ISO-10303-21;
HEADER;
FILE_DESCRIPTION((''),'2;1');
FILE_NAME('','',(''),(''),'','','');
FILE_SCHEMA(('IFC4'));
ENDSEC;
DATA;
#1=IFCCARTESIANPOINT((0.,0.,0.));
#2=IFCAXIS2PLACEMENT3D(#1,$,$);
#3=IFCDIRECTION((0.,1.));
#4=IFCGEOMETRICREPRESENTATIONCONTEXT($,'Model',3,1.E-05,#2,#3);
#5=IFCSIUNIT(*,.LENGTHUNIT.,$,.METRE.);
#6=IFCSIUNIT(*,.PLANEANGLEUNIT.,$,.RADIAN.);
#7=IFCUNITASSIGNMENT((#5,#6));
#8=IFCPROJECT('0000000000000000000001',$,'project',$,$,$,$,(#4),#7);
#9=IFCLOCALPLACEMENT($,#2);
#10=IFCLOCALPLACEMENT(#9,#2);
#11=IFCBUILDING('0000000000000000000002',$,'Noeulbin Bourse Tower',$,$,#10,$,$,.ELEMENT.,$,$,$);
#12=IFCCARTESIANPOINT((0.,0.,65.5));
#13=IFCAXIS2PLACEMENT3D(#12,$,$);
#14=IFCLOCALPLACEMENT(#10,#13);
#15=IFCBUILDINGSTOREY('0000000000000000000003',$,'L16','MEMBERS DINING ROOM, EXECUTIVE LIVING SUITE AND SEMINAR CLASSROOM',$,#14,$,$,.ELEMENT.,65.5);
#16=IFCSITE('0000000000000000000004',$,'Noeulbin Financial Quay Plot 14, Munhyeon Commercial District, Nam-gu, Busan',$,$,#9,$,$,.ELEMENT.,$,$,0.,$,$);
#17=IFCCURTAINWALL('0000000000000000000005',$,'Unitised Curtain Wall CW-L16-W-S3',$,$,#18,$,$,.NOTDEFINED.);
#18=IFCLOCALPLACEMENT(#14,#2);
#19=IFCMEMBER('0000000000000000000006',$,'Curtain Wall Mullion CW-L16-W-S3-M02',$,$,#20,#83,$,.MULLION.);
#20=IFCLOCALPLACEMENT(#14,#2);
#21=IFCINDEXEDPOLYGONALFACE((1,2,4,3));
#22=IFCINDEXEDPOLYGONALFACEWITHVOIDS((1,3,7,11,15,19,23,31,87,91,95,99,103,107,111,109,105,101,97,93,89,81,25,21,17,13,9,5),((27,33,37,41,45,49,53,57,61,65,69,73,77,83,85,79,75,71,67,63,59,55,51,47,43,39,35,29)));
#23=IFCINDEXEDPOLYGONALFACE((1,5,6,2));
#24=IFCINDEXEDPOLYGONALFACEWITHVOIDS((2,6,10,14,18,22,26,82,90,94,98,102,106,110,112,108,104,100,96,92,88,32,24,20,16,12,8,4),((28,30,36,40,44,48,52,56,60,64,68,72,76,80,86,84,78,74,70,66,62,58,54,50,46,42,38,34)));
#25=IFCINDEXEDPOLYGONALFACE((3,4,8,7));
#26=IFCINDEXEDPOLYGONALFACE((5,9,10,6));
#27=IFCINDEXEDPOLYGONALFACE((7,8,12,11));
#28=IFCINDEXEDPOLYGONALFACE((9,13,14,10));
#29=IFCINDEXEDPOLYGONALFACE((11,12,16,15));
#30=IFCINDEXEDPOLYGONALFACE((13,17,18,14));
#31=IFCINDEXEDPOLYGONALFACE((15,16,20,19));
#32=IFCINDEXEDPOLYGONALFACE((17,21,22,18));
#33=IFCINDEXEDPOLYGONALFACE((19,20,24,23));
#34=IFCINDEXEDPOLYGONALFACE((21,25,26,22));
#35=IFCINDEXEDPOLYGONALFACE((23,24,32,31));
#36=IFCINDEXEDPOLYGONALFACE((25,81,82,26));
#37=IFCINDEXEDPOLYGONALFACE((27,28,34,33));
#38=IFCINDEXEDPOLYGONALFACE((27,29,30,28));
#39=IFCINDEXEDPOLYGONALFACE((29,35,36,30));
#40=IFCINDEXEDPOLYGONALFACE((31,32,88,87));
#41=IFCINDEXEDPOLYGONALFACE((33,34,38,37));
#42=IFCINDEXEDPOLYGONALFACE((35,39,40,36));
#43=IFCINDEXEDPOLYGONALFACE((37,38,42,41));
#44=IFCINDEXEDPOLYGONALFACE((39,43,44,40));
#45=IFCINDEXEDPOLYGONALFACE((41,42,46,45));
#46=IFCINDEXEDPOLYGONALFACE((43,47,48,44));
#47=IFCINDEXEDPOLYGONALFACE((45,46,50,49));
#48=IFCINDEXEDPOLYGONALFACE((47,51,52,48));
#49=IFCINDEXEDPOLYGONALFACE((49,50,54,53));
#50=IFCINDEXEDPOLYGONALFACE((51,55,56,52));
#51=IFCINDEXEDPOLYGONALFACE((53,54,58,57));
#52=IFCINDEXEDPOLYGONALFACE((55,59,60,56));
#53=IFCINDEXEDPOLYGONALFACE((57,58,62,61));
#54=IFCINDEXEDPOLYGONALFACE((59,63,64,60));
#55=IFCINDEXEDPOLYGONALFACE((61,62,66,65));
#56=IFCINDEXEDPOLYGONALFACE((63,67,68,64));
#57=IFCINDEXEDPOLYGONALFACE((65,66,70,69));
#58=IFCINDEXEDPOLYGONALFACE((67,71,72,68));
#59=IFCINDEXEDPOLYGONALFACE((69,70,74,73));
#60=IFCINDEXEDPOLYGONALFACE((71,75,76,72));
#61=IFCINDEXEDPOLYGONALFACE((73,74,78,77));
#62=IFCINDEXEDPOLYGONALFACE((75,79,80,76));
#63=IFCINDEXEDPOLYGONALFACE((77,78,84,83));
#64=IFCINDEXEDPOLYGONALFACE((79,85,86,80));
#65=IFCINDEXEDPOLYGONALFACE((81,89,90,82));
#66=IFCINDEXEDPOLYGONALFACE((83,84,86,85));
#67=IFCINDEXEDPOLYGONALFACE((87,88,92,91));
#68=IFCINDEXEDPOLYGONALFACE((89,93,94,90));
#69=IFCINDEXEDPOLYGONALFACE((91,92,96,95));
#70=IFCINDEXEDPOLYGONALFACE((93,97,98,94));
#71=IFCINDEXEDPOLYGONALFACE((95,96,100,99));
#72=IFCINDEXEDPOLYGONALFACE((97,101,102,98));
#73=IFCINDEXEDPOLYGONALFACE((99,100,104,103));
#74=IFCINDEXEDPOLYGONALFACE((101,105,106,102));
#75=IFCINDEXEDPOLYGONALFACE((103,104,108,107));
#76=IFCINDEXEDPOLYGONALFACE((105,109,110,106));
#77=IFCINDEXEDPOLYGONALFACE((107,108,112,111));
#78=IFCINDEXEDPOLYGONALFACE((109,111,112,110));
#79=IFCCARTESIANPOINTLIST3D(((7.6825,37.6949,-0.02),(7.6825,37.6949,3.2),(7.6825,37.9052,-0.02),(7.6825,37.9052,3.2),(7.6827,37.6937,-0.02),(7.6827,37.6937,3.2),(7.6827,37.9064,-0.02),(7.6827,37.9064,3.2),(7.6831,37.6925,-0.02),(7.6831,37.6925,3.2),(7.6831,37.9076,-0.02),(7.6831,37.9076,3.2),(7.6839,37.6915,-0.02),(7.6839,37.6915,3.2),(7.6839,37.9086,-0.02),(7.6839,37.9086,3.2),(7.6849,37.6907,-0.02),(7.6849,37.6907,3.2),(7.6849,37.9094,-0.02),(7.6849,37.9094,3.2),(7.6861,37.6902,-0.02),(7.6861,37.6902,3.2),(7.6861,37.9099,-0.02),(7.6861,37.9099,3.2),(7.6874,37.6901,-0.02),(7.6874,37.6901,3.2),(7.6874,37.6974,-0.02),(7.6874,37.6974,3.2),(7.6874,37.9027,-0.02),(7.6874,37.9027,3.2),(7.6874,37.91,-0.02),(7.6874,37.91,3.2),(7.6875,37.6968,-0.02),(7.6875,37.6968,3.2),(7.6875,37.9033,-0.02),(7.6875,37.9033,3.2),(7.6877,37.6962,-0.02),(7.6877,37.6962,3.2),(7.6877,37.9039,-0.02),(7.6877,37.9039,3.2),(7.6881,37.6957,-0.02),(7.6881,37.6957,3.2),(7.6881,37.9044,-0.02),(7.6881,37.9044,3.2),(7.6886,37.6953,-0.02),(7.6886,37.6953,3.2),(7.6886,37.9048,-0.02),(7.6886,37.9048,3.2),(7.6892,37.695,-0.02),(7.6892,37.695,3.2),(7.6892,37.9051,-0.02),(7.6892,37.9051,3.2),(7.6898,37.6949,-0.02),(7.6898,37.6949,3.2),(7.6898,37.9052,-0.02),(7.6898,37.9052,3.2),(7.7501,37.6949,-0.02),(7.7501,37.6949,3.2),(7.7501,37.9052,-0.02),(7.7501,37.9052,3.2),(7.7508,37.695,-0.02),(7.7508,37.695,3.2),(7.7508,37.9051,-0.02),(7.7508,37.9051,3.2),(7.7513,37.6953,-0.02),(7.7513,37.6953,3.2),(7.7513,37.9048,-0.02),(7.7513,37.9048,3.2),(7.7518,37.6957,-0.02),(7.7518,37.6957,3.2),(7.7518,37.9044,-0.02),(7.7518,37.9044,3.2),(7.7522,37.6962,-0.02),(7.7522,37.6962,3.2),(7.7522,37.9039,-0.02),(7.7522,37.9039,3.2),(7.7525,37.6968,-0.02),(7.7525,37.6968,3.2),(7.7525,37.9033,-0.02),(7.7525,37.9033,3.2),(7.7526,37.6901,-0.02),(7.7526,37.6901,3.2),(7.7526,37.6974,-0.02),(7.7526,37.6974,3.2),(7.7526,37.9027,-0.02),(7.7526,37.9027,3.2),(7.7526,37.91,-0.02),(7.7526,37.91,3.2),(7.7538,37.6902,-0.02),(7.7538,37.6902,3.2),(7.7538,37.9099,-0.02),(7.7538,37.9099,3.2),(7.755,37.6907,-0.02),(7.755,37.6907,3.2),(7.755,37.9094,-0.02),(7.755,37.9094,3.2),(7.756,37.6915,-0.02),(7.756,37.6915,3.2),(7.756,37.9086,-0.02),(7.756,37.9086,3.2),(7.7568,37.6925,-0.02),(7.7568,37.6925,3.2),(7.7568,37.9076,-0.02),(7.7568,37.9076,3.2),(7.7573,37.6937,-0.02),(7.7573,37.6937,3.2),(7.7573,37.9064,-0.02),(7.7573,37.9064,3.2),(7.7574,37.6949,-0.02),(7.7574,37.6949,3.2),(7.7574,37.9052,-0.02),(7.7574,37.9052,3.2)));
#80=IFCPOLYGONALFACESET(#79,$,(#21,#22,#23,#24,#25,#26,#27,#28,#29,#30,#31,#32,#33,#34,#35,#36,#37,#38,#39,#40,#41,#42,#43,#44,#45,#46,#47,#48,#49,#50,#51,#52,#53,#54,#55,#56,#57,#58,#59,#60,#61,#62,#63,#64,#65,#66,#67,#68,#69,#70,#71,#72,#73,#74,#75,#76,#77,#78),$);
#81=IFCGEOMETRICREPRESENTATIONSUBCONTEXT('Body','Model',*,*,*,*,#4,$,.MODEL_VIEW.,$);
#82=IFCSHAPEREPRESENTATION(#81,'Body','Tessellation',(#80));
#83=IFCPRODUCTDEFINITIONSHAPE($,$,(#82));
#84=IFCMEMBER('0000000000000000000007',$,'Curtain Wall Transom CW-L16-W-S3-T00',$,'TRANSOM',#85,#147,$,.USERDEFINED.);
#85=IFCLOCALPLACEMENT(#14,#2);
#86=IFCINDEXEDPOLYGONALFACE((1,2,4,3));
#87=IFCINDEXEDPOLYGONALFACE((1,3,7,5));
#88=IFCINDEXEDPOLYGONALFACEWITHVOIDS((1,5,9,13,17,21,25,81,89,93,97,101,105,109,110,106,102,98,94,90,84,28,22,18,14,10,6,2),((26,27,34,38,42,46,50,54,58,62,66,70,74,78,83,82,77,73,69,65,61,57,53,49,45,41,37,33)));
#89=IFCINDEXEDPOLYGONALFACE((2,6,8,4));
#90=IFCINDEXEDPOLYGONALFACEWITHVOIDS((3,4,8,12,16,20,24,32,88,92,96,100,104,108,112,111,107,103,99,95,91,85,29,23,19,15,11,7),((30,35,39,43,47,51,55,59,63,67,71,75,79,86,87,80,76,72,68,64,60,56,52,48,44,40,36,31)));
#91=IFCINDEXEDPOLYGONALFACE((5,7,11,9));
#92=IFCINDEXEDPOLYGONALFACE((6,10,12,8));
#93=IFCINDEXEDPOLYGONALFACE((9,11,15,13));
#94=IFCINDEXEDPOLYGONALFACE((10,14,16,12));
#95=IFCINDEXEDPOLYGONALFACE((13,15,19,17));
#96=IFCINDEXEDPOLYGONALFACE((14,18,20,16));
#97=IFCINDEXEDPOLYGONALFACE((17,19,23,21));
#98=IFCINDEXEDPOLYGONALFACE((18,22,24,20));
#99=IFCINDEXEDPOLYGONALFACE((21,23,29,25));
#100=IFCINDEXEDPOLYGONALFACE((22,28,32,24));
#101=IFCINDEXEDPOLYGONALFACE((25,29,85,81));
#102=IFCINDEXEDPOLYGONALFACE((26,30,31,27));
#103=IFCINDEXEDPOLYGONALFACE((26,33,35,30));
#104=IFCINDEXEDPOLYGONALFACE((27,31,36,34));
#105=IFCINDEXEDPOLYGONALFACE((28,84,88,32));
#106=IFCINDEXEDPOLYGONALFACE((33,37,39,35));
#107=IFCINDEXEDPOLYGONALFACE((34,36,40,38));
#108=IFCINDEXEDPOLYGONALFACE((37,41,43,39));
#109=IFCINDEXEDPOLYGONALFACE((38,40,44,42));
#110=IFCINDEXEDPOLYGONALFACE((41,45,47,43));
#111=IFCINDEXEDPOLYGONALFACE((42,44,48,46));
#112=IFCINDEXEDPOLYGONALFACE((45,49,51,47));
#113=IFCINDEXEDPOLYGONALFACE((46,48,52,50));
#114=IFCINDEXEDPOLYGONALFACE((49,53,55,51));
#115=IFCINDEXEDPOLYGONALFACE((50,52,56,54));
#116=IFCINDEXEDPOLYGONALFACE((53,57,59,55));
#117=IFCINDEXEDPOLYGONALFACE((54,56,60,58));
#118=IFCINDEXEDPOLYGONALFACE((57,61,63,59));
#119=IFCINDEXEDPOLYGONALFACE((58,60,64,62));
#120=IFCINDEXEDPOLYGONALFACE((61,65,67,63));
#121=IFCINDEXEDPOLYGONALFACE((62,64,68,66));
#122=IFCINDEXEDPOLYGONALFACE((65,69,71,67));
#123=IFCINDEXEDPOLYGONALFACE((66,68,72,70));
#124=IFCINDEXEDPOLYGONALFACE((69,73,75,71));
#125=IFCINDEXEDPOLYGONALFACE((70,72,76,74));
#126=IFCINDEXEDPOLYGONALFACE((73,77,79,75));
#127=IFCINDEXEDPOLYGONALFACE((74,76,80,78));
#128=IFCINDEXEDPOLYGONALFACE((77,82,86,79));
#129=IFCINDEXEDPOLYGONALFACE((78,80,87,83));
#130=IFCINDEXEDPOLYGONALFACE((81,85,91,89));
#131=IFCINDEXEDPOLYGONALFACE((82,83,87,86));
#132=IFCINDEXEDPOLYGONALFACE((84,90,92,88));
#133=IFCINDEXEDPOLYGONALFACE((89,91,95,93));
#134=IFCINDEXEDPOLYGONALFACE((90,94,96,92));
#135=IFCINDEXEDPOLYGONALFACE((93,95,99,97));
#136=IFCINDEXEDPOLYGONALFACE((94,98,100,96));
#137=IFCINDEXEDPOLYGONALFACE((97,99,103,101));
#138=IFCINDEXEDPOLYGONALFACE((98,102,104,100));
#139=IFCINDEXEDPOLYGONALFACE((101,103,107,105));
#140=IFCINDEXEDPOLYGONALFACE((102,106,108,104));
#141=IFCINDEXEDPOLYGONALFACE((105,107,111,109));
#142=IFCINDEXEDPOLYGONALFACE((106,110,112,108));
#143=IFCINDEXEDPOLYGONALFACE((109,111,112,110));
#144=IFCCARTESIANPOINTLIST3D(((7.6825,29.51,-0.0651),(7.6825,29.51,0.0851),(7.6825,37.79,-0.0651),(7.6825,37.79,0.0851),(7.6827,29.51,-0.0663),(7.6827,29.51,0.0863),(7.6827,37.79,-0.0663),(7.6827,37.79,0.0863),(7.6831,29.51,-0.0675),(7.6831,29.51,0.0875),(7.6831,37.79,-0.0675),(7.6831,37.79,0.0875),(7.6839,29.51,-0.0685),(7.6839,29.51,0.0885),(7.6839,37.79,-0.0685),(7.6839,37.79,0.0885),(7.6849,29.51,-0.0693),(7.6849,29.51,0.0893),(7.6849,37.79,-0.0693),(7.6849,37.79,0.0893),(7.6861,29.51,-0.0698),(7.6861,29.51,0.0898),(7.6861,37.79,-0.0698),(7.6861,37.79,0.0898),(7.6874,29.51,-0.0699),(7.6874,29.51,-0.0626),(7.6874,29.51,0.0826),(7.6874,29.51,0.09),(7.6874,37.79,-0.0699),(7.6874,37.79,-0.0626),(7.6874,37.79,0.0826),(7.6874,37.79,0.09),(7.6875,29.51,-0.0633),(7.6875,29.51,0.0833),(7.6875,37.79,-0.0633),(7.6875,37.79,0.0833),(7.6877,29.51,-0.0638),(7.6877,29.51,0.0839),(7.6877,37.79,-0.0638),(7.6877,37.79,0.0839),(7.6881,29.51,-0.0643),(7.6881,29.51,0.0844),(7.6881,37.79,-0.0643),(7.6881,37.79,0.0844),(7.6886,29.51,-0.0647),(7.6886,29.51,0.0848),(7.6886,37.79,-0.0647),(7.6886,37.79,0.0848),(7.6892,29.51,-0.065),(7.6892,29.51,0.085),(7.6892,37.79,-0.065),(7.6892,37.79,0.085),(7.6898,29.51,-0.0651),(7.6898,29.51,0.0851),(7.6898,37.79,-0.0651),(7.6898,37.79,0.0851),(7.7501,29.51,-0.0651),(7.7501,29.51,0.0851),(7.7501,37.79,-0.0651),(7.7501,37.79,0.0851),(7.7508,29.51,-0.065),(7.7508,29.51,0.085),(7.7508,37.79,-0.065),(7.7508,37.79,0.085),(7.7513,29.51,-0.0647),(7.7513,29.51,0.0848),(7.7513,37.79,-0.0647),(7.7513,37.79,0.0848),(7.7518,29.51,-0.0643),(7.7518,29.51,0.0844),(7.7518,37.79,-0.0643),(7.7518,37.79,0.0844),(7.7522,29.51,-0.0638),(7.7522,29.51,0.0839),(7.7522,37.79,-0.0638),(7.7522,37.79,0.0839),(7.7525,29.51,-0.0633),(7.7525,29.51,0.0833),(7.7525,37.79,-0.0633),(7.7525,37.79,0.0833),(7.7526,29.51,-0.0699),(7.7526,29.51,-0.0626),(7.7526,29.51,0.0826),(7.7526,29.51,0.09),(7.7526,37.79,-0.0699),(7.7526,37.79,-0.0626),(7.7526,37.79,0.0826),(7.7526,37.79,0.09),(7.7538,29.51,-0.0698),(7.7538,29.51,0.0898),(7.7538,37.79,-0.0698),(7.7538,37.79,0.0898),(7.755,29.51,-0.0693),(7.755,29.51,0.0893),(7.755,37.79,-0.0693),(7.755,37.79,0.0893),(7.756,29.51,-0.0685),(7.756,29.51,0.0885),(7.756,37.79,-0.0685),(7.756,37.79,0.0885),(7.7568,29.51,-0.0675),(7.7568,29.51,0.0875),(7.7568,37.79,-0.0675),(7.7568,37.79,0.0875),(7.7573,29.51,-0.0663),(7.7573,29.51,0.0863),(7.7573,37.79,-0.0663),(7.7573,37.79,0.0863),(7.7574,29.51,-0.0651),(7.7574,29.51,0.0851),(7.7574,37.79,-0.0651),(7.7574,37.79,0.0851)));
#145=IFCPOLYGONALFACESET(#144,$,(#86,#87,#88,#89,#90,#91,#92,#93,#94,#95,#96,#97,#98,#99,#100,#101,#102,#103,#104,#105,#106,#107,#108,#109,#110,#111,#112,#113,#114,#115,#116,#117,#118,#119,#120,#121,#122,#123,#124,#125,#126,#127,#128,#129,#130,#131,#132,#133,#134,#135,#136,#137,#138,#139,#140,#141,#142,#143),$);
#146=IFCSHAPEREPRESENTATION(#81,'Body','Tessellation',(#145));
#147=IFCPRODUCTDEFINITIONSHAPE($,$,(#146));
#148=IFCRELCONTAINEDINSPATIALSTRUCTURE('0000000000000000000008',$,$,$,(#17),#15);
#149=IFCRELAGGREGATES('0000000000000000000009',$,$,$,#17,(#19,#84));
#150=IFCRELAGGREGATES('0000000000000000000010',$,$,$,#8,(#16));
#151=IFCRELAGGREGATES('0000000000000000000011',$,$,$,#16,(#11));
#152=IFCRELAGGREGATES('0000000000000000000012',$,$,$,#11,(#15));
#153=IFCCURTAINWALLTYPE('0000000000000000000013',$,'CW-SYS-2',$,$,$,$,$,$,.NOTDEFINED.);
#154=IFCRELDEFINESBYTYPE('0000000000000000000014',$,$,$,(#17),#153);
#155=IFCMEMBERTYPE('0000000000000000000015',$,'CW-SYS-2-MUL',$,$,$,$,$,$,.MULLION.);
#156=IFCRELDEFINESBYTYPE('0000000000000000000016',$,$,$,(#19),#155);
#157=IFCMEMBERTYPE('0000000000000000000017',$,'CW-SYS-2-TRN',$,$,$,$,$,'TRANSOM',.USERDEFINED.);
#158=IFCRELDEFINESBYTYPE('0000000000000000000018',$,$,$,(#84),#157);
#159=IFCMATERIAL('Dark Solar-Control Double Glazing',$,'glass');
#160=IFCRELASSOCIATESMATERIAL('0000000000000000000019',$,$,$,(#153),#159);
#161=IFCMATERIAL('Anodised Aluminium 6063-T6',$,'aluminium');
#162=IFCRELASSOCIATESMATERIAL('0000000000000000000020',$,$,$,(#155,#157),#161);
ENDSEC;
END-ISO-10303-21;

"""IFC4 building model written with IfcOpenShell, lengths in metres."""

from ifc_helpers import new_model, si_unit, direction, frame, origin, origin_2d, place, context, subcontext, project, spatial, hollow_rectangle, extrude, material, material_profile, profile_set, type_object, element, aggregate, save


model = new_model("IFC4")

# Units and contexts
model_context = context("Model", 3, precision=1e-05, world=origin(), true_north=direction((0.0, 1.0)))
body_context = subcontext(model_context, "Body", "Model", "MODEL_VIEW")
ifc_project = project(units=[si_unit("LENGTHUNIT", "METRE"), si_unit("PLANEANGLEUNIT", "RADIAN")], contexts=[model_context])

# Site, building, storey
site_placement = place(None, origin())
site = spatial("IfcSite", under=ifc_project, at=site_placement, Name="Noeulbin Financial Quay Plot 14, Munhyeon Commercial District, Nam-gu, Busan", CompositionType="ELEMENT", RefElevation=0.0)
building_placement = place(site_placement, origin())
building = spatial("IfcBuilding", under=site, at=building_placement, Name="Noeulbin Bourse Tower", CompositionType="ELEMENT")
storey_placement = place(building_placement, frame((0.0, 0.0, 65.5)))
storey = spatial("IfcBuildingStorey", under=building, at=storey_placement, Name="L16", Description="MEMBERS DINING ROOM, EXECUTIVE LIVING SUITE AND SEMINAR CLASSROOM", CompositionType="ELEMENT", Elevation=65.5)

# Curtain wall, members
ifc_material_1 = material(Name="Dark Solar-Control Double Glazing", Category="glass")
curtain_wall_type = type_object("IfcCurtainWallType", Name="CW-SYS-2", PredefinedType="NOTDEFINED", material=ifc_material_1)
curtain_wall_placement = place(storey_placement, origin())
curtain_wall = element("IfcCurtainWall", 1, at=curtain_wall_placement, inside=storey, type_object=curtain_wall_type, Name="Unitised Curtain Wall CW-L16-W-S3", PredefinedType="NOTDEFINED")
ifc_material_2 = material(Name="Anodised Aluminium 6063-T6", Category="aluminium")
ifc_material_profile_1 = material_profile(ifc_material_2, hollow_rectangle(XDim=0.075, YDim=0.22, WallThickness=0.0049, InnerFilletRadius=0.0024, OuterFilletRadius=0.0049, at=origin_2d()), Name="ALU-MULL-75x220x5", Category="LoadBearing")
ifc_profile_set_1 = profile_set([ifc_material_profile_1], Name="Anodised Aluminium 6063-T6")
member_type_1 = type_object("IfcMemberType", Name="CW-SYS-2-MUL", PredefinedType="MULLION", material=ifc_profile_set_1)
member_1_placement = place(storey_placement, frame((7.72, 37.8, -0.02), z_axis=(0.0, 0.0, 1.0), x_axis=(1.0, 0.0, 0.0)))
member_1 = element("IfcMember", 2, at=member_1_placement, type_object=member_type_1, Name="Curtain Wall Mullion CW-L16-W-S3-M02", PredefinedType="MULLION", context=body_context, shape_type="SweptSolid", body=[
    extrude(hollow_rectangle(XDim=0.075, YDim=0.22, WallThickness=0.0049, InnerFilletRadius=0.0024, OuterFilletRadius=0.0049, at=origin_2d()), origin(), (0.0, 0.0, 1.0), 3.22),
])
ifc_material_profile_2 = material_profile(ifc_material_2, hollow_rectangle(XDim=0.075, YDim=0.1599, WallThickness=0.0049, InnerFilletRadius=0.0024, OuterFilletRadius=0.0049, at=origin_2d()), Name="ALU-TRAN-75x160x5", Category="LoadBearing")
ifc_profile_set_2 = profile_set([ifc_material_profile_2], Name="Anodised Aluminium 6063-T6")
member_type_2 = type_object("IfcMemberType", Name="CW-SYS-2-TRN", ElementType="TRANSOM", PredefinedType="USERDEFINED", material=ifc_profile_set_2)
member_2_placement = place(storey_placement, frame((7.72, 29.51, 0.01), z_axis=(0.0, 1.0, 0.0), x_axis=(-1.0, 0.0, 0.0)))
member_2 = element("IfcMember", 3, at=member_2_placement, type_object=member_type_2, Name="Curtain Wall Transom CW-L16-W-S3-T00", ObjectType="TRANSOM", PredefinedType="USERDEFINED", context=body_context, shape_type="SweptSolid", body=[
    extrude(hollow_rectangle(XDim=0.075, YDim=0.1599, WallThickness=0.0049, InnerFilletRadius=0.0024, OuterFilletRadius=0.0049, at=origin_2d()), origin(), (0.0, 0.0, 1.0), 8.28),
])
aggregate(curtain_wall, [member_1, member_2])

save(model, "model.ifc")
